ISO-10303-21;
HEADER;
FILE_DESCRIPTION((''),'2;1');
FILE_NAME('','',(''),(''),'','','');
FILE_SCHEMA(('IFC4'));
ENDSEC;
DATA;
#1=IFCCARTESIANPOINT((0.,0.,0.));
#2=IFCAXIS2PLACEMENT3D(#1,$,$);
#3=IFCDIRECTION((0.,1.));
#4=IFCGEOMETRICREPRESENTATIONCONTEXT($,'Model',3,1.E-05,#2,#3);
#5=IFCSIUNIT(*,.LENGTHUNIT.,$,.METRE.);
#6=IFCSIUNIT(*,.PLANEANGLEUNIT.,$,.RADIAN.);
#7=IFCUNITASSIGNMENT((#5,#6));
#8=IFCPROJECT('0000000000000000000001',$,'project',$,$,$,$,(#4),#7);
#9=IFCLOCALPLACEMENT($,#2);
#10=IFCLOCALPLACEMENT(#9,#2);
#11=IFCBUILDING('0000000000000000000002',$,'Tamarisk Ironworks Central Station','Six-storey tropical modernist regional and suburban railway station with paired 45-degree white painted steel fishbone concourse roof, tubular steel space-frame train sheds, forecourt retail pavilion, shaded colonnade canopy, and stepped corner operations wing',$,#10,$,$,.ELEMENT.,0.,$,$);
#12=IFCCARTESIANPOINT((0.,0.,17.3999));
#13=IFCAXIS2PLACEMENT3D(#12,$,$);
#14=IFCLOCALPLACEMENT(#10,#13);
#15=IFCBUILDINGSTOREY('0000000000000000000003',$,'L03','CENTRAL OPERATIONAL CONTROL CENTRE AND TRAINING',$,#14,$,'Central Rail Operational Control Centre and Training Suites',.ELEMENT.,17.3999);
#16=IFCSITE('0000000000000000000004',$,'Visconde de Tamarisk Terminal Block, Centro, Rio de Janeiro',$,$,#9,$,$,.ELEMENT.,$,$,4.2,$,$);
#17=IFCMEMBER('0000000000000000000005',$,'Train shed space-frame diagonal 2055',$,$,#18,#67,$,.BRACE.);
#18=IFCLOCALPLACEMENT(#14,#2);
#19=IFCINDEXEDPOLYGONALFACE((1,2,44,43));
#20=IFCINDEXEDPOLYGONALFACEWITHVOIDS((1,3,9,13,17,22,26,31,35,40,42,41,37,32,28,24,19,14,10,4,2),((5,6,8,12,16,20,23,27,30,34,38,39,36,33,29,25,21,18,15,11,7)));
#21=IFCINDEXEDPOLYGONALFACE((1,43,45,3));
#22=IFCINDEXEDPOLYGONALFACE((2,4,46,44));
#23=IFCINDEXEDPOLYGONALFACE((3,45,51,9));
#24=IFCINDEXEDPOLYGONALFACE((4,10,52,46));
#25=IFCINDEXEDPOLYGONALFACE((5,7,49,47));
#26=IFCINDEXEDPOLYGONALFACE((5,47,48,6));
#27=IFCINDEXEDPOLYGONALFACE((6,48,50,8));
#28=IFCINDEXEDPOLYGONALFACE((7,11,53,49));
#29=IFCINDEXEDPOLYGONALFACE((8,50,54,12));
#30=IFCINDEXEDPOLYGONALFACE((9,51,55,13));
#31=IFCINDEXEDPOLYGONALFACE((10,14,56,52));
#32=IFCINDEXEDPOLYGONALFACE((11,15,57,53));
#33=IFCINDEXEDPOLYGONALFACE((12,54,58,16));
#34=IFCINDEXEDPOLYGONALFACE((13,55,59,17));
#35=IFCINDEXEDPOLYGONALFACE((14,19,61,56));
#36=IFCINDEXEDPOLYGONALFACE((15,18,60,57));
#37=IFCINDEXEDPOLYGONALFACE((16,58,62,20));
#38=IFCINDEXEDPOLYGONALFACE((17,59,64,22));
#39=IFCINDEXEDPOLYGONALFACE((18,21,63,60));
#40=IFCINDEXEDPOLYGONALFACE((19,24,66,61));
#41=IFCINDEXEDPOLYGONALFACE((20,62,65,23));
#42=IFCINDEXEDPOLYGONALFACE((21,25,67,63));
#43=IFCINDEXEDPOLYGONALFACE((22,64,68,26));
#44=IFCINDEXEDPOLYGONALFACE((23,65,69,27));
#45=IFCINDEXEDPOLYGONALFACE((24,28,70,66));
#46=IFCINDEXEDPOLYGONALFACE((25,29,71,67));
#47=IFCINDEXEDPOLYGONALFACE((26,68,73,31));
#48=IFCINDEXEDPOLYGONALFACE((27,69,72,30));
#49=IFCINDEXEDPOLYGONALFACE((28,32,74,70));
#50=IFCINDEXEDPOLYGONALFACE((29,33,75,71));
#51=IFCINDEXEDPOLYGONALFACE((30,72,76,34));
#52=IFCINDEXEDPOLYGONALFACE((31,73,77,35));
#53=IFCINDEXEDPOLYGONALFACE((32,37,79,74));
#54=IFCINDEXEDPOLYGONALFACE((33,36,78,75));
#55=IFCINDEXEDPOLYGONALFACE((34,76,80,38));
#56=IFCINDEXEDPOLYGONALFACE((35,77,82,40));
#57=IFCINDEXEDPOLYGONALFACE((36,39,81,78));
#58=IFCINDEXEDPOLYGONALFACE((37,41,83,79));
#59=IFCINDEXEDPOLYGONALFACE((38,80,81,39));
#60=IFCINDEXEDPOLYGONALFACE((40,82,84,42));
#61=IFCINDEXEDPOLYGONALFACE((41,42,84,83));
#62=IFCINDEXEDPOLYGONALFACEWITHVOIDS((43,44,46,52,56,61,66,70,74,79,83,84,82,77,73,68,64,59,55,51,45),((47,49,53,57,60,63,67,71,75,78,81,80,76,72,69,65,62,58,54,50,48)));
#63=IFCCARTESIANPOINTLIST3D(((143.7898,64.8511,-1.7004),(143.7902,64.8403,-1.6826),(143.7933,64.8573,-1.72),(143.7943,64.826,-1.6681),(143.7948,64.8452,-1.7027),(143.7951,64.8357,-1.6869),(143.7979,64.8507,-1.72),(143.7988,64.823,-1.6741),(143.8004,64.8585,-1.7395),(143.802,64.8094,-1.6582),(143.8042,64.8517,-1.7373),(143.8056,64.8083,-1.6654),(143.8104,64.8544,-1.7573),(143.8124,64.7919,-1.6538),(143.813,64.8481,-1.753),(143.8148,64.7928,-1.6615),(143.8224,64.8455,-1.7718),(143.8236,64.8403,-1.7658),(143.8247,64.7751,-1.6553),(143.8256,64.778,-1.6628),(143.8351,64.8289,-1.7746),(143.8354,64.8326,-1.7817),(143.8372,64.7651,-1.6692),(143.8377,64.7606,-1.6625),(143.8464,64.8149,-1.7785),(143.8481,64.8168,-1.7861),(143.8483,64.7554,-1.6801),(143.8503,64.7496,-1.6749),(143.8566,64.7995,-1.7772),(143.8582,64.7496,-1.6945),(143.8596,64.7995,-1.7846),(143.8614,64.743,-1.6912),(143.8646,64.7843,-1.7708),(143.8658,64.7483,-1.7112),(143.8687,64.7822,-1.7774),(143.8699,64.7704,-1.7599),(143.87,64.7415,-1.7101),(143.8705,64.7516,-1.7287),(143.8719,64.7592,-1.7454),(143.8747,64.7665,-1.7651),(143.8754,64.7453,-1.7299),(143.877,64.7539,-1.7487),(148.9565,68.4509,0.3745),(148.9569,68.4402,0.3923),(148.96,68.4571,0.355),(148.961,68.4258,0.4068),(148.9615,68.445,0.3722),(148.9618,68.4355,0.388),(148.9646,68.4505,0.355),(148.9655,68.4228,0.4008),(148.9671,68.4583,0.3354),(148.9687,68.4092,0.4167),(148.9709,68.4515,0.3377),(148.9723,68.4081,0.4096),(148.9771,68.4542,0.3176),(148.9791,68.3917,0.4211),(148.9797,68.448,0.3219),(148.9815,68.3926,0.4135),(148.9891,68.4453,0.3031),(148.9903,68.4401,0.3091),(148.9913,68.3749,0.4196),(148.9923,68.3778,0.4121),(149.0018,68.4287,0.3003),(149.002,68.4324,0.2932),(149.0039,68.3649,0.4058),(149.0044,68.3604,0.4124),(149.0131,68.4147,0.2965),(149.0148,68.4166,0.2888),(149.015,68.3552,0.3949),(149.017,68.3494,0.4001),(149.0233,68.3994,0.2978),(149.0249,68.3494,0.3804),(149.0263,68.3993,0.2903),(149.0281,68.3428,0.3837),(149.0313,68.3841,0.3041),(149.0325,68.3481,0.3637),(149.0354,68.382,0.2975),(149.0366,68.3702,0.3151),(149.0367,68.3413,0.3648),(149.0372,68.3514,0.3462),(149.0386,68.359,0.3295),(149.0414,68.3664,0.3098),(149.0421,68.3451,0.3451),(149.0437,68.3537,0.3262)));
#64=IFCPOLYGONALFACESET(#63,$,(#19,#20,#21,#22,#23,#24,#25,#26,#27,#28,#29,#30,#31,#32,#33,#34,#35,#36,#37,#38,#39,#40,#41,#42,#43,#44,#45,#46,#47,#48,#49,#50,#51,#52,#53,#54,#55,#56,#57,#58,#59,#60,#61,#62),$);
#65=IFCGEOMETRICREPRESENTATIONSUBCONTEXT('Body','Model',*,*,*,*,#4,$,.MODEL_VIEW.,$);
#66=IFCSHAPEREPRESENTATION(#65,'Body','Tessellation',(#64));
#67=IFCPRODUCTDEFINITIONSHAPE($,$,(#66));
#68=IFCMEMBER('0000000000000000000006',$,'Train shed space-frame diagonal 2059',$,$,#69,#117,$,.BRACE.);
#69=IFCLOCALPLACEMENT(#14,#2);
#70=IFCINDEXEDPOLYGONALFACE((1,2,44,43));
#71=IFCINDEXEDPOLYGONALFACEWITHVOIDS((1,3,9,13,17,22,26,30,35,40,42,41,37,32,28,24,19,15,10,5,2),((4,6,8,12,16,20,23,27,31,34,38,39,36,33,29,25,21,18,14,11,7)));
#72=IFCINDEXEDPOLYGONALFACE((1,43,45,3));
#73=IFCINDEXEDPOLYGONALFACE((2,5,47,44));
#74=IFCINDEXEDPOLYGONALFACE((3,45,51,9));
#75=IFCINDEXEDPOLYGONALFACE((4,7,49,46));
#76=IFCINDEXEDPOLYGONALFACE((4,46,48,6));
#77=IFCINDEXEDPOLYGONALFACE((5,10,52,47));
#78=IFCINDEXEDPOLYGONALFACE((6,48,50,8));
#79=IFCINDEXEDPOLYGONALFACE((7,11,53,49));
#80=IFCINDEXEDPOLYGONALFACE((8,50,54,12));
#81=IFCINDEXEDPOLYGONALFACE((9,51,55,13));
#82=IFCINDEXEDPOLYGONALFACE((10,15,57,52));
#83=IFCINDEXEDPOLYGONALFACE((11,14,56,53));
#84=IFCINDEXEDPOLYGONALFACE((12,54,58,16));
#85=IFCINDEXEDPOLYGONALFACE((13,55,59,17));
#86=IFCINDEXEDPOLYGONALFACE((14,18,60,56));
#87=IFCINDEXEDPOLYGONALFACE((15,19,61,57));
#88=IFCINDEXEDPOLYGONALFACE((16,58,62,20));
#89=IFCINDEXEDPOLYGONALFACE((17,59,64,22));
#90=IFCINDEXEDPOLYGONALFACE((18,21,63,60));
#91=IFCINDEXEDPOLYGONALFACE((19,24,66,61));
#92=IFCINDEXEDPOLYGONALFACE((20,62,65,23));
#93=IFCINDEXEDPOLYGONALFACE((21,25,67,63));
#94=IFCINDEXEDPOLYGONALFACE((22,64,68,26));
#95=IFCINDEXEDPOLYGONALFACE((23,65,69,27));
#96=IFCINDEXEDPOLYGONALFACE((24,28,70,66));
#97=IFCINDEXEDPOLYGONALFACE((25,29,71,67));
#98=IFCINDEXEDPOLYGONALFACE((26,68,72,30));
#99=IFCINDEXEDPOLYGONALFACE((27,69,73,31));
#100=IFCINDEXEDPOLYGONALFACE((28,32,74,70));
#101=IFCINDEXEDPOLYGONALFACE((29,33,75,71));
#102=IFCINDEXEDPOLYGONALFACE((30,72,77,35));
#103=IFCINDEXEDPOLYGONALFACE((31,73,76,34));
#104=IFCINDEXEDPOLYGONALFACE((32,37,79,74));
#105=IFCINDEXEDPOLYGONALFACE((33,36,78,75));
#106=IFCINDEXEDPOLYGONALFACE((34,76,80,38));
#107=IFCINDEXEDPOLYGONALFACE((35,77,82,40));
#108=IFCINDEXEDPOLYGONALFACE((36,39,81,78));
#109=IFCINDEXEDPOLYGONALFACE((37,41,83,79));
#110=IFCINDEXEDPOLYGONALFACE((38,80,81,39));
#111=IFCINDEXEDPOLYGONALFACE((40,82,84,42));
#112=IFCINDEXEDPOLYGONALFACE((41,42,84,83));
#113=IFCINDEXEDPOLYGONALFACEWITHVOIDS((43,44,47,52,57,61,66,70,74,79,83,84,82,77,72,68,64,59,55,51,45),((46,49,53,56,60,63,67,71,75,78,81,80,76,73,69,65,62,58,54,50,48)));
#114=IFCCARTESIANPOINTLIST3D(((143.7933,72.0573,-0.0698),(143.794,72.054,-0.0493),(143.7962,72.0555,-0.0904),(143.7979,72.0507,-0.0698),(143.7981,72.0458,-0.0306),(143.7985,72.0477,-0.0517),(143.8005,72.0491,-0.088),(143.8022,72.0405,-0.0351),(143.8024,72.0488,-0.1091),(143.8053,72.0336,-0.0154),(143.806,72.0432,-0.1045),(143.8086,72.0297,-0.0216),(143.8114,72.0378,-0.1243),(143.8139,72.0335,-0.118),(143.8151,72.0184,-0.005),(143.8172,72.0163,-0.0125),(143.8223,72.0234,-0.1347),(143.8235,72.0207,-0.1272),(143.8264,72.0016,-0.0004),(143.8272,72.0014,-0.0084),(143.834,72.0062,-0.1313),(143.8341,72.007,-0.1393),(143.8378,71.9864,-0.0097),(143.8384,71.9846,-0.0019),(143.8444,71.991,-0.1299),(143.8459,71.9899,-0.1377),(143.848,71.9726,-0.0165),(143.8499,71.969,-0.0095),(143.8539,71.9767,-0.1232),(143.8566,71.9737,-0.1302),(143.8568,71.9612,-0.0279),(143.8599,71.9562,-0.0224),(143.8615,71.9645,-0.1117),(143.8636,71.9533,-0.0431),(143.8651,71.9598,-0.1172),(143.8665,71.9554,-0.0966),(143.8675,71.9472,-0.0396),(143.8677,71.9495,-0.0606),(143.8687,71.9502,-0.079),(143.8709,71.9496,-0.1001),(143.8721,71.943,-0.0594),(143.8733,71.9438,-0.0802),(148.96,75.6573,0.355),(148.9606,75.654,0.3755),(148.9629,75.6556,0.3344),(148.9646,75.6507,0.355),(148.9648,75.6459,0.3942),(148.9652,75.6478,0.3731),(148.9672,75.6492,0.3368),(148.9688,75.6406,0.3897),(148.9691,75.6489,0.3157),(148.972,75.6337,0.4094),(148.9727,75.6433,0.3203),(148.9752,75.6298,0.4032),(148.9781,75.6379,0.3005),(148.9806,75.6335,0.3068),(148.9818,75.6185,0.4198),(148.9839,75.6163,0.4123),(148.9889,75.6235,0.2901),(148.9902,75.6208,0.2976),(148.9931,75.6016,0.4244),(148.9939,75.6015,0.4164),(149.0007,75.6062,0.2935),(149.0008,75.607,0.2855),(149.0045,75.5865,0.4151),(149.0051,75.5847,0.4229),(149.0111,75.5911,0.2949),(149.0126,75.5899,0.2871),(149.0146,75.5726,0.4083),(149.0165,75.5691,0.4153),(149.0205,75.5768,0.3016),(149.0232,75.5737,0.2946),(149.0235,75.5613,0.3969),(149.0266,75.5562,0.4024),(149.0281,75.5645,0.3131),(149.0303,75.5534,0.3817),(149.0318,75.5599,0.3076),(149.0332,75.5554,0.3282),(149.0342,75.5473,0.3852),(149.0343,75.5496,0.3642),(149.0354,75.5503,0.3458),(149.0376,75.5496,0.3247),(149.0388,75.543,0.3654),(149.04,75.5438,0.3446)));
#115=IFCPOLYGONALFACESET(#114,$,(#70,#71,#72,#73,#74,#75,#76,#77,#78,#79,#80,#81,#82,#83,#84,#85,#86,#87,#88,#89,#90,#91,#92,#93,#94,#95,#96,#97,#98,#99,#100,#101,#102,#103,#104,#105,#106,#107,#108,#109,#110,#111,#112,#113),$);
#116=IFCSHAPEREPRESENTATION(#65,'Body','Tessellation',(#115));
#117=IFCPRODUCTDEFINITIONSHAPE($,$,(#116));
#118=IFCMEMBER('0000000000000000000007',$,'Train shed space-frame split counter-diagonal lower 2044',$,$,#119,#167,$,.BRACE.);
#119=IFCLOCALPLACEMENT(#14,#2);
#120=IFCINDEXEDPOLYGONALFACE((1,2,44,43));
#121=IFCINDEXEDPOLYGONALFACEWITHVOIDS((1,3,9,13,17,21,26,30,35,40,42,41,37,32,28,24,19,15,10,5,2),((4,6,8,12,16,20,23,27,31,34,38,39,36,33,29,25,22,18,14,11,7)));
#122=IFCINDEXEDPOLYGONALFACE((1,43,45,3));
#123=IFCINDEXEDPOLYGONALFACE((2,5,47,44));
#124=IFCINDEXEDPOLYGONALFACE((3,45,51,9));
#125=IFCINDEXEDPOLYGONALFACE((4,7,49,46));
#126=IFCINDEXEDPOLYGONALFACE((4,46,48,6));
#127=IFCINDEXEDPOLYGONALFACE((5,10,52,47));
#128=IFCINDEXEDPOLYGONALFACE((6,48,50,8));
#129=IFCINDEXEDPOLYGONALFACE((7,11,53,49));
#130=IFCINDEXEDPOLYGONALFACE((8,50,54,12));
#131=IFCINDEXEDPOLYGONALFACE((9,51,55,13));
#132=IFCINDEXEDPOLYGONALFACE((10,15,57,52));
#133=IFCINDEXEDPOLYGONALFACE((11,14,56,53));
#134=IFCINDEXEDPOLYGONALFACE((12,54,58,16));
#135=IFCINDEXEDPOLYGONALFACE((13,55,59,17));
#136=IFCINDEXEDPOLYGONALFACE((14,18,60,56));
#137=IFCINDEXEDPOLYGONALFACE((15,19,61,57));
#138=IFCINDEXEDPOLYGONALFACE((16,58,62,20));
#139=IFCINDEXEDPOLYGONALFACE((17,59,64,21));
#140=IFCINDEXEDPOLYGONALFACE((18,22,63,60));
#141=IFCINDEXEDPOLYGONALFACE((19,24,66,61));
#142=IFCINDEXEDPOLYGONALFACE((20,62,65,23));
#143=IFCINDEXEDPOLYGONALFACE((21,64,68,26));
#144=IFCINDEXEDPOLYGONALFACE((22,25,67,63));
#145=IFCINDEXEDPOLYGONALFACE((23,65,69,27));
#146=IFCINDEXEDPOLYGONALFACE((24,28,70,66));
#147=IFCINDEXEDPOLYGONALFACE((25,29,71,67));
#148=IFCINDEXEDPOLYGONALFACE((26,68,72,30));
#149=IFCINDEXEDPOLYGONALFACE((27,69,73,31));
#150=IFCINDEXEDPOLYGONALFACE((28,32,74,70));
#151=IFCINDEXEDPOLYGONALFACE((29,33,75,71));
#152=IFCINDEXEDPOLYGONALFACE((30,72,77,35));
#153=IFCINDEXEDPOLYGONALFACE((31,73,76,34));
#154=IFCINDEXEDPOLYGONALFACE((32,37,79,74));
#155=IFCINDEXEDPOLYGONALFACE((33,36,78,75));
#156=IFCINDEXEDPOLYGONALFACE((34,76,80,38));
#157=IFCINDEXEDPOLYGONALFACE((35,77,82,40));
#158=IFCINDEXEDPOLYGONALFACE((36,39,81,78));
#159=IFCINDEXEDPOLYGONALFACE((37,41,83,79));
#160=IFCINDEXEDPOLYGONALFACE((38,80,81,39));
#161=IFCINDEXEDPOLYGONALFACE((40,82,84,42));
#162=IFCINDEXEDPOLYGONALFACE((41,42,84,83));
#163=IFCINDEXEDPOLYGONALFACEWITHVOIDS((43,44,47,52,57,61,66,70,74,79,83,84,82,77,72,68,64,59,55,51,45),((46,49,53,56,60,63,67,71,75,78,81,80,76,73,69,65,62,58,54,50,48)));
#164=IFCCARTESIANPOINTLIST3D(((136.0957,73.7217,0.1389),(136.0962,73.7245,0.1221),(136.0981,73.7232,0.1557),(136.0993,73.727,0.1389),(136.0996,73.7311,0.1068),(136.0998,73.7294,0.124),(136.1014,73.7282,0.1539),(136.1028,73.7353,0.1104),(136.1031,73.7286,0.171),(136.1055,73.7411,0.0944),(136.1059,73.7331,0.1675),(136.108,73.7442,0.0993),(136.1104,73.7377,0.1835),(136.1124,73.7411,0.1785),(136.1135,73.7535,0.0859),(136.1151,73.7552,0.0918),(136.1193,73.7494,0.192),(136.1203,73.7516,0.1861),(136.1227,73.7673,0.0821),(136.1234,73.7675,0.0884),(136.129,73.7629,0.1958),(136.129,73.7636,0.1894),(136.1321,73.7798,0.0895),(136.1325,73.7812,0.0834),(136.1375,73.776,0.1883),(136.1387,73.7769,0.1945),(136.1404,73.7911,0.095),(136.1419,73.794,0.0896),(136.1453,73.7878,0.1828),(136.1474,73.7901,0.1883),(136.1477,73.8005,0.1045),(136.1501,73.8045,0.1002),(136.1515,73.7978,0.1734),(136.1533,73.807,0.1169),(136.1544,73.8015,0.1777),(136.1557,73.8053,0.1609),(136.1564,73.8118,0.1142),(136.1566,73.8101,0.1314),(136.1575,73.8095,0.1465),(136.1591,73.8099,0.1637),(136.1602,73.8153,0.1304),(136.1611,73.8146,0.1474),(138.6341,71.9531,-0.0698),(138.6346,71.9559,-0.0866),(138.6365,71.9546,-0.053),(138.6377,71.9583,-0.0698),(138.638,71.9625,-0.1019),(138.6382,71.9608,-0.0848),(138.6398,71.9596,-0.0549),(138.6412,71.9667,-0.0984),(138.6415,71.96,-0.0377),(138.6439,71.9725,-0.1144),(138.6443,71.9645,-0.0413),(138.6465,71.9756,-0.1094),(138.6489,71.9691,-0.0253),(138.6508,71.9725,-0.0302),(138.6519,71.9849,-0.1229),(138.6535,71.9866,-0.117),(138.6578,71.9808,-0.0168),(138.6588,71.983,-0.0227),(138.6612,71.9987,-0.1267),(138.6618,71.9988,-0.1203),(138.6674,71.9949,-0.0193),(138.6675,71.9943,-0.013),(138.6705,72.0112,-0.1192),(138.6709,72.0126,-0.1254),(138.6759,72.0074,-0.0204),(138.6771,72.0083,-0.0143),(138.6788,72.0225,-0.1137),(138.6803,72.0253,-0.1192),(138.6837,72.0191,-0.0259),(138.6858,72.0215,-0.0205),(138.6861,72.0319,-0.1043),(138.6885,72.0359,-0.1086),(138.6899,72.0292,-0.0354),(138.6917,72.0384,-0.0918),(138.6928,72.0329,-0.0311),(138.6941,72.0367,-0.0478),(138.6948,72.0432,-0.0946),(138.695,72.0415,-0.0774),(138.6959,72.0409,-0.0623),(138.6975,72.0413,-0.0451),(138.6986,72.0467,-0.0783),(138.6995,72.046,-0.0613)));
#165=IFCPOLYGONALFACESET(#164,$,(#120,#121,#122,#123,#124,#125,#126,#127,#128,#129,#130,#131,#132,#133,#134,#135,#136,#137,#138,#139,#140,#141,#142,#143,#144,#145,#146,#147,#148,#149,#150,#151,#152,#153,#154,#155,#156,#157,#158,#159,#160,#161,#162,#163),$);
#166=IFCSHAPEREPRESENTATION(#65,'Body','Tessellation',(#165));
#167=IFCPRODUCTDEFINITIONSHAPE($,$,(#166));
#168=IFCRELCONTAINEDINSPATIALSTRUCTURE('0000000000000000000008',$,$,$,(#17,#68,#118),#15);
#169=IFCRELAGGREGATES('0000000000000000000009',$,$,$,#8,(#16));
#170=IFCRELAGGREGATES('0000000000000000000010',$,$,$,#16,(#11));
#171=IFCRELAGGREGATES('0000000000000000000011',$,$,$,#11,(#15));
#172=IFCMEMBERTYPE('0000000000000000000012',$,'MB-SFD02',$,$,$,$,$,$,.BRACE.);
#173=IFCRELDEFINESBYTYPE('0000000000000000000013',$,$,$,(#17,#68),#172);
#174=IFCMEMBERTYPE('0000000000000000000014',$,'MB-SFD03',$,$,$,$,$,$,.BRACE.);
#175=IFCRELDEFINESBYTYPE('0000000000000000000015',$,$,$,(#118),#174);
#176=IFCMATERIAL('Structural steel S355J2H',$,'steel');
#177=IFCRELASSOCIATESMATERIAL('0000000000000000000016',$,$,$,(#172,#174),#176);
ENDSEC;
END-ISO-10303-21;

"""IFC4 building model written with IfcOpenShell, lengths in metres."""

from ifc_helpers import new_model, si_unit, direction, frame, origin, origin_2d, place, context, subcontext, project, spatial, hollow_circle, extrude, material, material_profile, profile_set, type_object, element, save


model = new_model("IFC4")

# Units and contexts
model_context = context("Model", 3, precision=1e-05, world=origin(), true_north=direction((0.0, 1.0)))
body_context = subcontext(model_context, "Body", "Model", "MODEL_VIEW")
ifc_project = project(units=[si_unit("LENGTHUNIT", "METRE"), si_unit("PLANEANGLEUNIT", "RADIAN")], contexts=[model_context])

# Site, building, storey
site_placement = place(None, origin())
site = spatial("IfcSite", under=ifc_project, at=site_placement, Name="Visconde de Tamarisk Terminal Block, Centro, Rio de Janeiro", CompositionType="ELEMENT", RefElevation=4.2)
building_placement = place(site_placement, origin())
building = spatial("IfcBuilding", under=site, at=building_placement, Name="Tamarisk Ironworks Central Station", Description="Six-storey tropical modernist regional and suburban railway station with paired 45-degree white painted steel fishbone concourse roof, tubular steel space-frame train sheds, forecourt retail pavilion, shaded colonnade canopy, and stepped corner operations wing", CompositionType="ELEMENT", ElevationOfRefHeight=0.0)
storey_placement = place(building_placement, frame((0.0, 0.0, 17.3999)))
storey = spatial("IfcBuildingStorey", under=building, at=storey_placement, Name="L03", Description="CENTRAL OPERATIONAL CONTROL CENTRE AND TRAINING", LongName="Central Rail Operational Control Centre and Training Suites", CompositionType="ELEMENT", Elevation=17.3999)

# Members
ifc_material_1 = material(Name="Structural steel S355J2H", Category="steel")
ifc_material_profile_1 = material_profile(ifc_material_1, hollow_circle(Radius=0.0698, WallThickness=0.0081, at=origin_2d()), Name="CHS 139.7x8")
ifc_profile_set_1 = profile_set([ifc_material_profile_1], Name="Structural steel S355J2H")
member_type_1 = type_object("IfcMemberType", Name="MB-SFD02", PredefinedType="BRACE", material=ifc_profile_set_1)
member_1_placement = place(storey_placement, frame((143.8333, 64.8, -1.72), z_axis=(0.779274, 0.542947, 0.312954), x_axis=(-0.571663, 0.820489, 0.0)))
element("IfcMember", 1, at=member_1_placement, inside=storey, type_object=member_type_1, Name="Train shed space-frame diagonal 2055", PredefinedType="BRACE", context=body_context, shape_type="SweptSolid", body=[
    extrude(hollow_circle(Radius=0.0698, WallThickness=0.0081, at=origin_2d()), origin(), (0.0, 0.0, 1.0), 6.6301),
])
member_2_placement = place(storey_placement, frame((143.8333, 72.0, -0.0698), z_axis=(0.81861, 0.570393, 0.067305), x_axis=(-0.571689, 0.82047, 0.0)))
element("IfcMember", 2, at=member_2_placement, inside=storey, type_object=member_type_1, Name="Train shed space-frame diagonal 2059", PredefinedType="BRACE", context=body_context, shape_type="SweptSolid", body=[
    extrude(hollow_circle(Radius=0.0698, WallThickness=0.0081, at=origin_2d()), origin(), (0.0, 0.0, 1.0), 6.3115),
])
ifc_material_profile_2 = material_profile(ifc_material_1, hollow_circle(Radius=0.0571, WallThickness=0.0063, at=origin_2d()), Name="CHS 114.3x6.3")
ifc_profile_set_2 = profile_set([ifc_material_profile_2], Name="Structural steel S355J2H")
member_type_2 = type_object("IfcMemberType", Name="MB-SFD03", PredefinedType="BRACE", material=ifc_profile_set_2)
member_3_placement = place(storey_placement, frame((138.6667, 72.0, -0.0698), z_axis=(-0.818625, 0.570369, 0.06732), x_axis=(-0.571666, -0.820487, 0.0)))
element("IfcMember", 3, at=member_3_placement, inside=storey, type_object=member_type_2, Name="Train shed space-frame split counter-diagonal lower 2044", PredefinedType="BRACE", context=body_context, shape_type="SweptSolid", body=[
    extrude(hollow_circle(Radius=0.0571, WallThickness=0.0063, at=origin_2d()), origin(), (0.0, 0.0, 1.0), 3.1008),
])

save(model, "model.ifc")
